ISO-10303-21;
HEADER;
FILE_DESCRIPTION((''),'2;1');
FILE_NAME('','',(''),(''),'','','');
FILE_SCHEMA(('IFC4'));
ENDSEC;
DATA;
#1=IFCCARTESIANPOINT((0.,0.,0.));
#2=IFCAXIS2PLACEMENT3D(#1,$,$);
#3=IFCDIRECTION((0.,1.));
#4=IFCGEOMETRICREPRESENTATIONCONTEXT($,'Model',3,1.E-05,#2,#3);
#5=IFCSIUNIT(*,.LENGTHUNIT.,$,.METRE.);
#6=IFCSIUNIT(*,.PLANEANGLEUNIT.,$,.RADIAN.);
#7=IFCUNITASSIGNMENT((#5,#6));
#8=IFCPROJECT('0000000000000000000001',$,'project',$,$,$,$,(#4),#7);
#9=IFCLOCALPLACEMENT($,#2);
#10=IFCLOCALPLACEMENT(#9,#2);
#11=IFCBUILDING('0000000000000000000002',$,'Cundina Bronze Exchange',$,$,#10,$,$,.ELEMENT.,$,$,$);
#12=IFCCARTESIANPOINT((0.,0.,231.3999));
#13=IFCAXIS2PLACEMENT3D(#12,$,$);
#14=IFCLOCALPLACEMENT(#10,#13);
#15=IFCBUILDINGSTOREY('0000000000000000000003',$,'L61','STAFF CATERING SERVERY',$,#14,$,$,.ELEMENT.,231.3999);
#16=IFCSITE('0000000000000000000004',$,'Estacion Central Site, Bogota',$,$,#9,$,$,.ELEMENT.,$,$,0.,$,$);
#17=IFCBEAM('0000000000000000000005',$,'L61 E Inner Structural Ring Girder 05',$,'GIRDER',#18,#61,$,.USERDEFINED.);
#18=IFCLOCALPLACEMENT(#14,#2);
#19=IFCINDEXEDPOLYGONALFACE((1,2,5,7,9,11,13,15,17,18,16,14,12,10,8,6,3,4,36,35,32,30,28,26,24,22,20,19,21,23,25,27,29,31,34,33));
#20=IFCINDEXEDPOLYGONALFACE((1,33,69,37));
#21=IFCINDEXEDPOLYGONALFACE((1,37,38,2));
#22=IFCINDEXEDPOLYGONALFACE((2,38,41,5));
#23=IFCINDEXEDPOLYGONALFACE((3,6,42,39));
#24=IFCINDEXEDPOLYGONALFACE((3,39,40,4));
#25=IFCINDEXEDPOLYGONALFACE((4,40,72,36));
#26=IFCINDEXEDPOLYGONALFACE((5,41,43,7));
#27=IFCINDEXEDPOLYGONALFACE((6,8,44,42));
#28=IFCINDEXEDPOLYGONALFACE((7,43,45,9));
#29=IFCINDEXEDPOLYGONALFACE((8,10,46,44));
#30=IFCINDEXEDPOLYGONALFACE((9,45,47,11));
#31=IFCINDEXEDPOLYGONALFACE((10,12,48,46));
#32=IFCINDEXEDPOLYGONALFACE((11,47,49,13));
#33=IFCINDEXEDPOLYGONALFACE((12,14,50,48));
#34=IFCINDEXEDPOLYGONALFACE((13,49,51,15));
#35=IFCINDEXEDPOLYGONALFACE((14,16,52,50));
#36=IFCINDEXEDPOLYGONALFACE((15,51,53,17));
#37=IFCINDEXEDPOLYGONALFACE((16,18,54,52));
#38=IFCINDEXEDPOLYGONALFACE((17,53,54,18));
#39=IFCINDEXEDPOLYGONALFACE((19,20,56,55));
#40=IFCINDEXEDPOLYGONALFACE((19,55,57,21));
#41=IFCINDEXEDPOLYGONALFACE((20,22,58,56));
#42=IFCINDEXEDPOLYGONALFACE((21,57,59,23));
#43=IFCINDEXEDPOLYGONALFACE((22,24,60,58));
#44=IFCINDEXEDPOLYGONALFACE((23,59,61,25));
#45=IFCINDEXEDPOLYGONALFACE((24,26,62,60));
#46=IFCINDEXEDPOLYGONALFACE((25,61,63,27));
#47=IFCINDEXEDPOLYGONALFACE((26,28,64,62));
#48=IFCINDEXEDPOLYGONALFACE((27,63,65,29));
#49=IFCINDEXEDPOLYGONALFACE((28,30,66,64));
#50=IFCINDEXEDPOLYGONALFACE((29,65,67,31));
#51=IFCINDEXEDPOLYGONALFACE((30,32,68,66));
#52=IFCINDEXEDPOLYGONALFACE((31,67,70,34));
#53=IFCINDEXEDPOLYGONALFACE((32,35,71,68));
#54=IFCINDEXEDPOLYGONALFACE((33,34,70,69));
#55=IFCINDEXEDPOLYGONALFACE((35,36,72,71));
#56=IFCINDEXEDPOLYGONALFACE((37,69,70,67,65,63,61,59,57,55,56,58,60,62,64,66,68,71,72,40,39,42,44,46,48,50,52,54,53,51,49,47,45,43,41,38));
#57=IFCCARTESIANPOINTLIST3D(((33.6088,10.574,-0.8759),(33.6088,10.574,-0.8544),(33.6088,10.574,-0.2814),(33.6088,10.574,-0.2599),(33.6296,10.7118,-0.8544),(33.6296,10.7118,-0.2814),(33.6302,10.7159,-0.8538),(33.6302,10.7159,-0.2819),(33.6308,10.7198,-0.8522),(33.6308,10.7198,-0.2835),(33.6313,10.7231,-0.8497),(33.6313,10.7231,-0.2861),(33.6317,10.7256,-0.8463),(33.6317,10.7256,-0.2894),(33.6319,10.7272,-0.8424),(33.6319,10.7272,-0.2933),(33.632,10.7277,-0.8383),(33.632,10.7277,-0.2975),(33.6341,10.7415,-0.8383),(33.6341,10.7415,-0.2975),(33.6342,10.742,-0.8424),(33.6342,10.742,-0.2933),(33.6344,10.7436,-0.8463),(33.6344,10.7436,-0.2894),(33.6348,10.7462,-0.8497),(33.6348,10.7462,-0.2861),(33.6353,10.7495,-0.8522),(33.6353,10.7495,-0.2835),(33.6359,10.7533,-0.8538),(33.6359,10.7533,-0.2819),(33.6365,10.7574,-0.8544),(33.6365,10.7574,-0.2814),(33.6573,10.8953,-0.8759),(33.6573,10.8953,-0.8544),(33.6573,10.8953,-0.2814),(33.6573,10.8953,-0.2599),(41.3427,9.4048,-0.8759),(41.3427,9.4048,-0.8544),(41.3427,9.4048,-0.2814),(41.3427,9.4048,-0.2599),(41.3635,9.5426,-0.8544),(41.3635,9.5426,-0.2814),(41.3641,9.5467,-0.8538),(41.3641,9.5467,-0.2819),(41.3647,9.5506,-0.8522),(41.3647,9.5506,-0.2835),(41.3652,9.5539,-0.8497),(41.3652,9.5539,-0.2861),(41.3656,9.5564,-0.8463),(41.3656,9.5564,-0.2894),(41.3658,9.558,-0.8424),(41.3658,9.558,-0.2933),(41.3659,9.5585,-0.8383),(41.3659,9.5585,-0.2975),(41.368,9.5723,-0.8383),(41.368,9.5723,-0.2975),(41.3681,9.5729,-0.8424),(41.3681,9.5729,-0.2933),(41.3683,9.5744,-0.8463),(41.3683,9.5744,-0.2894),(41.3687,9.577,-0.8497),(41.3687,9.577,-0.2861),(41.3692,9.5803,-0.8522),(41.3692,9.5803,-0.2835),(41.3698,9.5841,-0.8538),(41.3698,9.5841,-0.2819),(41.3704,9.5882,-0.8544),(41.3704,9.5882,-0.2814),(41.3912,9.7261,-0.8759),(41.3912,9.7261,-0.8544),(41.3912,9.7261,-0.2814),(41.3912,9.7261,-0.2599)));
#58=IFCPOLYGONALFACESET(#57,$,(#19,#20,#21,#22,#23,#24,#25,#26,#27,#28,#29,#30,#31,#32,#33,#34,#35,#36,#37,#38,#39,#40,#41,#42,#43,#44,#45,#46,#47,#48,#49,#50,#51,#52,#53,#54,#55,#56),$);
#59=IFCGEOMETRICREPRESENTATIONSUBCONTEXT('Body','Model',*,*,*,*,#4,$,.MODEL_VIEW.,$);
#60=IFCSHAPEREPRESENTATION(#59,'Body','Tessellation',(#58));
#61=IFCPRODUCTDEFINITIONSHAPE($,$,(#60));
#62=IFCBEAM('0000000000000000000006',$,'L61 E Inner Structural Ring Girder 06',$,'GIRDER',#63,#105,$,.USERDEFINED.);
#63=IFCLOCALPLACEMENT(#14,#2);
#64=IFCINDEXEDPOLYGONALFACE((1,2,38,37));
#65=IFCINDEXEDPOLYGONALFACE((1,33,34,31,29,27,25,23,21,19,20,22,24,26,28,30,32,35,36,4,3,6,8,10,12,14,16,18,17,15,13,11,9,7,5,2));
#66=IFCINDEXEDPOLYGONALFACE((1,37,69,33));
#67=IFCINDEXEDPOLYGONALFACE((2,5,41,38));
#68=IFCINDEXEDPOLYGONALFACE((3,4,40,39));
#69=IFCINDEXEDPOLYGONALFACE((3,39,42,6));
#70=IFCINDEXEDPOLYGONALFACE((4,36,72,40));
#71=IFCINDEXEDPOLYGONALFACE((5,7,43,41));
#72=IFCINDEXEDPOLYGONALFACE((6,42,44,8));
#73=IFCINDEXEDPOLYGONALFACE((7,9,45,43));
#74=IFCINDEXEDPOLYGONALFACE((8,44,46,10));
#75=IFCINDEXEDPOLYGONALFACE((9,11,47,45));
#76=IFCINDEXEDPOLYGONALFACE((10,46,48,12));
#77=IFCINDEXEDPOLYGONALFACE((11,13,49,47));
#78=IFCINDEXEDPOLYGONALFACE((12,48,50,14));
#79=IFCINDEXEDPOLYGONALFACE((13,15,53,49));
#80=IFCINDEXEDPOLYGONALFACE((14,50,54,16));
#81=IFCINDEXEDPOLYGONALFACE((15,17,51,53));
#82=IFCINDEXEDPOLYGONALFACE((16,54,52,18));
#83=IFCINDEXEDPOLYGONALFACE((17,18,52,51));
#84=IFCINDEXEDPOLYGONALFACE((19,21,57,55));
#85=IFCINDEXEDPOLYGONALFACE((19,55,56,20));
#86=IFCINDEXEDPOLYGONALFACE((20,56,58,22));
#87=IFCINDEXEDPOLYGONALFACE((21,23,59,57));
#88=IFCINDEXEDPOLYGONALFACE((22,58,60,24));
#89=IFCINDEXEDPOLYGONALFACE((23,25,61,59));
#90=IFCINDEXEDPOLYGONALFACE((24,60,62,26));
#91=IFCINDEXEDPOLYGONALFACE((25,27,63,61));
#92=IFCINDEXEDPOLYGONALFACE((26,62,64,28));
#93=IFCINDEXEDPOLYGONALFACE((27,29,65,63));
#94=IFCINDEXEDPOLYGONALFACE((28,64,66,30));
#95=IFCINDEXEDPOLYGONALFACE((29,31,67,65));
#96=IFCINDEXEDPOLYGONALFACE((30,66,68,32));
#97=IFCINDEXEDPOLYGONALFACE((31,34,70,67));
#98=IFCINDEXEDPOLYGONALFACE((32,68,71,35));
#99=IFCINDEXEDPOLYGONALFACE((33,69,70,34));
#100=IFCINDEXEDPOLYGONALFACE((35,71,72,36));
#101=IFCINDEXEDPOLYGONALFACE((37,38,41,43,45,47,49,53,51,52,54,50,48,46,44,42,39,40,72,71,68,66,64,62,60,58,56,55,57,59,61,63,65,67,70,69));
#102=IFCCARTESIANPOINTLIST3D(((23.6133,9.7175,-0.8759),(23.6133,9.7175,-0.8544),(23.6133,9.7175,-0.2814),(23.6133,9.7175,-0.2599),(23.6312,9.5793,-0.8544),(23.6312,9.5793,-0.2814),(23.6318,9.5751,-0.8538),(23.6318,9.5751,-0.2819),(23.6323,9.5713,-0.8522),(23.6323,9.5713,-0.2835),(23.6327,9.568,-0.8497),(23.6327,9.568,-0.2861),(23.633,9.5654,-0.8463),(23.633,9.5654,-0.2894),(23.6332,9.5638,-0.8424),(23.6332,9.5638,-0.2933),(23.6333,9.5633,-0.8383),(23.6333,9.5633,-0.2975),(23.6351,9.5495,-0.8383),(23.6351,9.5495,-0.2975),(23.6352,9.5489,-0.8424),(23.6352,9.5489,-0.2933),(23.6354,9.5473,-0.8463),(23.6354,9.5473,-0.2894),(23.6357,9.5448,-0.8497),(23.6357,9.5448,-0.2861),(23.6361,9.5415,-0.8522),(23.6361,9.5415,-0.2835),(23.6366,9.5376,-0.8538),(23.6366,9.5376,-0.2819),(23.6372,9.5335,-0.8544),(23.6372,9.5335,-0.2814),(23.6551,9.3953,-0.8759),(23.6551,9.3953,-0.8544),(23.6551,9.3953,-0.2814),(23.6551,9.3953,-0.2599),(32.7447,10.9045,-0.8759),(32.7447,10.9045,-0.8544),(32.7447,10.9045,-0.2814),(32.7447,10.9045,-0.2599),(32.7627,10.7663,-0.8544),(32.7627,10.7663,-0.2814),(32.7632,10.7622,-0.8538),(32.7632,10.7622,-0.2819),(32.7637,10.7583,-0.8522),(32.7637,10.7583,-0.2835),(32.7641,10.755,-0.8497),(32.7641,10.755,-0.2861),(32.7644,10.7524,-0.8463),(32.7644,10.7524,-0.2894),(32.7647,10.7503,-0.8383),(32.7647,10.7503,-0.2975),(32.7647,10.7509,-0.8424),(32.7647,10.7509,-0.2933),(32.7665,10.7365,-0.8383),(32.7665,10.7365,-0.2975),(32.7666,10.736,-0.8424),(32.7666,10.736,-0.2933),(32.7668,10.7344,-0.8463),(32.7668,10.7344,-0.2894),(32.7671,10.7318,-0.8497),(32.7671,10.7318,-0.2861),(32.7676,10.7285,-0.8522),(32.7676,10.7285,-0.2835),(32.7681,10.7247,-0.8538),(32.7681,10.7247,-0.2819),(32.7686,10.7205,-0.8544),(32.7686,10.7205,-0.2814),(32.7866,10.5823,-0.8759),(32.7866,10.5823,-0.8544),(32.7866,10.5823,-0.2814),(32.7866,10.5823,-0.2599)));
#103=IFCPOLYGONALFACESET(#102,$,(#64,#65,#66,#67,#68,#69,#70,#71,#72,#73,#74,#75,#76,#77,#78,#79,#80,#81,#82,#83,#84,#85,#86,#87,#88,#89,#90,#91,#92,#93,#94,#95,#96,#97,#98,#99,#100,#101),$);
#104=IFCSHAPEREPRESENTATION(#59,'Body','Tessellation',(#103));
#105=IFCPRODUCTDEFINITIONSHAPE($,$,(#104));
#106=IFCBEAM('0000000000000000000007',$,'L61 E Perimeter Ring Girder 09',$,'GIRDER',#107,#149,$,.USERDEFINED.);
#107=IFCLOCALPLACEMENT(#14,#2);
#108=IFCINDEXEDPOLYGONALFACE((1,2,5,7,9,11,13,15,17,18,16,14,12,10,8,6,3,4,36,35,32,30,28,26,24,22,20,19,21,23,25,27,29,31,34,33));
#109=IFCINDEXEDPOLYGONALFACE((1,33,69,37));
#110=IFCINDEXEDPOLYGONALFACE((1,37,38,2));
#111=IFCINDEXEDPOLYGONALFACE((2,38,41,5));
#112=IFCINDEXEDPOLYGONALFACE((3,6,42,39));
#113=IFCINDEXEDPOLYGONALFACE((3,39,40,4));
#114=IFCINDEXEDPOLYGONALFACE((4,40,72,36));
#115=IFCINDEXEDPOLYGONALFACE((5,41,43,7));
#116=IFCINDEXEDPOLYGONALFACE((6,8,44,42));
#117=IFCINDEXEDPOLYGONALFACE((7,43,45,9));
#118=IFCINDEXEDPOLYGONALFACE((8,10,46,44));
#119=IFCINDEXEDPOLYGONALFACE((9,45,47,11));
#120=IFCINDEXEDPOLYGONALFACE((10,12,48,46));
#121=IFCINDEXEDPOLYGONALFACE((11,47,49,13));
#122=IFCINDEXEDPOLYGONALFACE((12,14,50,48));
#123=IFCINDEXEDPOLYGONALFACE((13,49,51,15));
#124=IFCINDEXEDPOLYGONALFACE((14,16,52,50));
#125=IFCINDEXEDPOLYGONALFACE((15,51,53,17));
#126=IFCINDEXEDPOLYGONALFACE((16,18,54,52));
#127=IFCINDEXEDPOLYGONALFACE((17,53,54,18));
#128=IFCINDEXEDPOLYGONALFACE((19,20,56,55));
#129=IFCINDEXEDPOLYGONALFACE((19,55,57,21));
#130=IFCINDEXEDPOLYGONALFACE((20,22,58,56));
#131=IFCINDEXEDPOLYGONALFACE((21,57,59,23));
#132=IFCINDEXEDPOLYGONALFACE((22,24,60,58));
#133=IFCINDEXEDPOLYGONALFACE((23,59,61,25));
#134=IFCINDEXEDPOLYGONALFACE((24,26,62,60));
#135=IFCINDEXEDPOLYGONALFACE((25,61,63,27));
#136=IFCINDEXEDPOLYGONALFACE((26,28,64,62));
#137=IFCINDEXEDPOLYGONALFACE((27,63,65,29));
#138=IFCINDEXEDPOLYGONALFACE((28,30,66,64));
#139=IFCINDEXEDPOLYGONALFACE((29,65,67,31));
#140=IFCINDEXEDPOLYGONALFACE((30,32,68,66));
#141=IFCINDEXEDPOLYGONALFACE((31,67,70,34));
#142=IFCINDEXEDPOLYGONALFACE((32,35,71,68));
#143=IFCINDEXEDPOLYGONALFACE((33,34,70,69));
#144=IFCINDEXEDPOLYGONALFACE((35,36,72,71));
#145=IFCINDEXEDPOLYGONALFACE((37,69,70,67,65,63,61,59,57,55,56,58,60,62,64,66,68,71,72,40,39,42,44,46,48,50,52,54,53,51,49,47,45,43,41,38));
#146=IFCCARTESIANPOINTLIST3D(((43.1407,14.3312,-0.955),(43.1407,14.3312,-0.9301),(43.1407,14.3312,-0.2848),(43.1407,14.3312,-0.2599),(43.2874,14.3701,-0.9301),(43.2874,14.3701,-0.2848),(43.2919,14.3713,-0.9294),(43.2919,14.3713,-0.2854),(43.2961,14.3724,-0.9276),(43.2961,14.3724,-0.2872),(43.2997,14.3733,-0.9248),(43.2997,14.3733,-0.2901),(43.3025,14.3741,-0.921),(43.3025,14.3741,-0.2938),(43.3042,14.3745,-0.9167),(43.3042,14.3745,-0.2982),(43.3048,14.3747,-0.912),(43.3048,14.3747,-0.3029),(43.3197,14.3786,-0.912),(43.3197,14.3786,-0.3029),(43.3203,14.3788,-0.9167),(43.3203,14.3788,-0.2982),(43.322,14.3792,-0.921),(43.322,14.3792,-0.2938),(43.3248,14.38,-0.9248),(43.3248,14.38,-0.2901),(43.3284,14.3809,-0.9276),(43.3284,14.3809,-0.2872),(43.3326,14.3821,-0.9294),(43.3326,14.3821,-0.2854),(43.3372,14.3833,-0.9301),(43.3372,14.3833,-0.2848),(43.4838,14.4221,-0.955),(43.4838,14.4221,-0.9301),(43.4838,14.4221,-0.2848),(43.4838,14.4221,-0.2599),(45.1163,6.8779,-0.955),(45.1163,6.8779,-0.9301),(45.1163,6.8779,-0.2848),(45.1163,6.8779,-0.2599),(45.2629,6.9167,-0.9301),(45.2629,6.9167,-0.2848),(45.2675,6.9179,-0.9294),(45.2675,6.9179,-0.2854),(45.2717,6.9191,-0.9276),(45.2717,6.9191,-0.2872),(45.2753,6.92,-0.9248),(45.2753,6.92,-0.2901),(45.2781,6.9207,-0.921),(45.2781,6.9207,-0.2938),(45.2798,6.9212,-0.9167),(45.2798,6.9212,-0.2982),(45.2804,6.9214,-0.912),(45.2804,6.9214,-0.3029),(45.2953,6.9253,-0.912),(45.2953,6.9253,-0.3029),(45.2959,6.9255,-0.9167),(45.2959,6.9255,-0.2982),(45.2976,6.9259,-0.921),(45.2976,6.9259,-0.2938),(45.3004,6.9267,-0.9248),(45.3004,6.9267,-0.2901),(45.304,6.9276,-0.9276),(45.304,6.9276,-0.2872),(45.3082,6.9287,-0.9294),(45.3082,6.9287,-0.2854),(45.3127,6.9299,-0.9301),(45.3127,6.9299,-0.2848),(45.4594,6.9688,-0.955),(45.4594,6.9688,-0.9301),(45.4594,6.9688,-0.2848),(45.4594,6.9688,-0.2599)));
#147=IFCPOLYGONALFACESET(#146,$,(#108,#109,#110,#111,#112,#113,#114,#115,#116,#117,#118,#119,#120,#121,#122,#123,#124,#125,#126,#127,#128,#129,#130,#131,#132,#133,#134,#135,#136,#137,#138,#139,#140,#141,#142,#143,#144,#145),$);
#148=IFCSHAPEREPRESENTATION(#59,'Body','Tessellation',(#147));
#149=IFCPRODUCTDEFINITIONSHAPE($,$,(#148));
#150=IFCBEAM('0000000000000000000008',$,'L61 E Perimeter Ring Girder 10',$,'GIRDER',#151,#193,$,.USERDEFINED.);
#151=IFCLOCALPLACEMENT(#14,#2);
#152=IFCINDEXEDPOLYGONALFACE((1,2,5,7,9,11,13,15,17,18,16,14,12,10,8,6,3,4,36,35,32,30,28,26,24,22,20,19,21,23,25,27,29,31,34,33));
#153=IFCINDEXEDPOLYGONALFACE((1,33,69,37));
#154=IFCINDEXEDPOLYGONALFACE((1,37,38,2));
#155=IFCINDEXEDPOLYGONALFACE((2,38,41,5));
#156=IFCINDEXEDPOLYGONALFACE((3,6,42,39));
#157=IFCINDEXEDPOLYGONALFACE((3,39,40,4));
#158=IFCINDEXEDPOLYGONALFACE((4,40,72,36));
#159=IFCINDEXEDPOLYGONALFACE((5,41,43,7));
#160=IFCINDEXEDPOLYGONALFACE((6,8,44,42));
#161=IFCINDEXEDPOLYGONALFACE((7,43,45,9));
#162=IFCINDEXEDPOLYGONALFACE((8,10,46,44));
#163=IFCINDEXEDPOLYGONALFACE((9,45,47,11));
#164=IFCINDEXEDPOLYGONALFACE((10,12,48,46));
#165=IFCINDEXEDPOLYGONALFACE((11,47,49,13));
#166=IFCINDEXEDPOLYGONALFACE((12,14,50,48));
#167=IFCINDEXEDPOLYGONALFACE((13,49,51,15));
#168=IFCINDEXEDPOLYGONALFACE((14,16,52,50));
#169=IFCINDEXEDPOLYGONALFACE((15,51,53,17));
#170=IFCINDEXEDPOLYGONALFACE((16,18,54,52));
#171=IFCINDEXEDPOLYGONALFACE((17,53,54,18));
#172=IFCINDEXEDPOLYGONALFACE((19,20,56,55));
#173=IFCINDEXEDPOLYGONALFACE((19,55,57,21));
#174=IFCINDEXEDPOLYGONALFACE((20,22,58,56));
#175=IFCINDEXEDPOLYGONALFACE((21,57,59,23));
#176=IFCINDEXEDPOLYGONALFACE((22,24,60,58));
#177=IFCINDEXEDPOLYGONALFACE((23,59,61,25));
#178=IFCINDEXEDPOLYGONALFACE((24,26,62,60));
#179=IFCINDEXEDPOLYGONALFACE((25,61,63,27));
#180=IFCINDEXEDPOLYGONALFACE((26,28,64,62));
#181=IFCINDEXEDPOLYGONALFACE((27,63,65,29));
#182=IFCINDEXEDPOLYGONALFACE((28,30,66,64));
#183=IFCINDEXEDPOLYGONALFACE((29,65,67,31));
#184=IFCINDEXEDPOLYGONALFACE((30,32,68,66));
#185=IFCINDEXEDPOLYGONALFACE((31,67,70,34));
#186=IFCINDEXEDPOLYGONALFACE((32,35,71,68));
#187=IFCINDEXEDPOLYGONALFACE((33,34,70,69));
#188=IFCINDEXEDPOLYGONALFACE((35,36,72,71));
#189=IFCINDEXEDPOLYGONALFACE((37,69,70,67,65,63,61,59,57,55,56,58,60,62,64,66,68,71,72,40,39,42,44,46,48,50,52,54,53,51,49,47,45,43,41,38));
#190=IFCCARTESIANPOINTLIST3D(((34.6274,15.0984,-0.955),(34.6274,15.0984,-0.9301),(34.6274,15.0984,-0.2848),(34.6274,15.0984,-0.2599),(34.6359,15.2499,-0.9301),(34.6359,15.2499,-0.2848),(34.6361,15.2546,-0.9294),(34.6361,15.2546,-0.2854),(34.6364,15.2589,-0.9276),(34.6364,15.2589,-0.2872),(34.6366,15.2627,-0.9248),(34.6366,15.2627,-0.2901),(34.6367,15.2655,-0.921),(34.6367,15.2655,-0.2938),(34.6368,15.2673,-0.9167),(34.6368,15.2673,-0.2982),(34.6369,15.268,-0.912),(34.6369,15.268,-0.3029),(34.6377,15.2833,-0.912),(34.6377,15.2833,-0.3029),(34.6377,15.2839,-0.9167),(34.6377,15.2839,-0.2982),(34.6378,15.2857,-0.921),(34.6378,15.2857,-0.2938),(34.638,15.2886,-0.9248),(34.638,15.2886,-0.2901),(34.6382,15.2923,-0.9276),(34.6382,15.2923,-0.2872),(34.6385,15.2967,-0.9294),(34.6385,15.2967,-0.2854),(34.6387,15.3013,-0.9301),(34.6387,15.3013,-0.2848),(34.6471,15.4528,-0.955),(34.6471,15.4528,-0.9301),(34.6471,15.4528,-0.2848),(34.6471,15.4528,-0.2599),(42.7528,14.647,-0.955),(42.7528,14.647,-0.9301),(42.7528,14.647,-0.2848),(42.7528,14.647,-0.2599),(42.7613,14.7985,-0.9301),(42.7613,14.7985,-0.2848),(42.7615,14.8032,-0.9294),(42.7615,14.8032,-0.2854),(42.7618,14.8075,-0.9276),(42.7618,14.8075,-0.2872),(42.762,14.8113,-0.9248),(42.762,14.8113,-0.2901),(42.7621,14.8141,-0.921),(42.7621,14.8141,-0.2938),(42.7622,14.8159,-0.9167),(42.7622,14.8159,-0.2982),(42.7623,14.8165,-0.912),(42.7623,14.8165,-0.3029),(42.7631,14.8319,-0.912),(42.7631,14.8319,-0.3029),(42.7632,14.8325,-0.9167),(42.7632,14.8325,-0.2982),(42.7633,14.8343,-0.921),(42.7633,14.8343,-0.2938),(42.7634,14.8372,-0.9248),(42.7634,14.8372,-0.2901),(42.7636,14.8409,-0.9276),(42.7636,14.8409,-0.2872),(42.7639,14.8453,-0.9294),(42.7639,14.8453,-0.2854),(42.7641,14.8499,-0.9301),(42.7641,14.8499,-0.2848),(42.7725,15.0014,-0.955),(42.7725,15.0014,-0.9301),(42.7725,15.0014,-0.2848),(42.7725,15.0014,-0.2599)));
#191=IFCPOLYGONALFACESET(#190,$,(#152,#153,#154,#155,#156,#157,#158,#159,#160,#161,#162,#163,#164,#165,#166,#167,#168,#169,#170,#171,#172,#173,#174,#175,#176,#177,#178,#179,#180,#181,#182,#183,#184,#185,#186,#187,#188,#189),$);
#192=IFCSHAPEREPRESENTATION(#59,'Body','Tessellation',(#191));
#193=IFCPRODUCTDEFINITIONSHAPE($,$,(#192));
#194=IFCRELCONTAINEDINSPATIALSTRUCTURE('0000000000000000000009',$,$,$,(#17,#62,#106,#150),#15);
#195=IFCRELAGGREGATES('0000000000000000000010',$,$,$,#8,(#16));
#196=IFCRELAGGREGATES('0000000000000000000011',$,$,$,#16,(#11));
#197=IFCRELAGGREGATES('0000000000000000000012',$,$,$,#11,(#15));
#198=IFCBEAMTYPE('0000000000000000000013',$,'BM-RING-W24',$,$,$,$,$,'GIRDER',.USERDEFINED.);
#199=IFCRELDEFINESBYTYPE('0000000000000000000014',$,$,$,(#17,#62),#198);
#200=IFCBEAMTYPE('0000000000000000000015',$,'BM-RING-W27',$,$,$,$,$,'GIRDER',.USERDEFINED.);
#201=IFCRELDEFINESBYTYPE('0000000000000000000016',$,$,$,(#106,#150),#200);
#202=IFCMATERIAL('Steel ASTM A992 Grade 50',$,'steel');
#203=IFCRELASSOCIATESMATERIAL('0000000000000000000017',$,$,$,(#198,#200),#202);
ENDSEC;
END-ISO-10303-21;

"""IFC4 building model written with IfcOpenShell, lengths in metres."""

from ifc_helpers import new_model, si_unit, direction, frame, origin, origin_2d, place, context, subcontext, project, spatial, i_section, extrude, material, material_profile, profile_set, type_object, element, save


model = new_model("IFC4")

# Units and contexts
model_context = context("Model", 3, precision=1e-05, world=origin(), true_north=direction((0.0, 1.0)))
body_context = subcontext(model_context, "Body", "Model", "MODEL_VIEW")
ifc_project = project(units=[si_unit("LENGTHUNIT", "METRE"), si_unit("PLANEANGLEUNIT", "RADIAN")], contexts=[model_context])

# Site, building, storey
site_placement = place(None, origin())
site = spatial("IfcSite", under=ifc_project, at=site_placement, Name="Estacion Central Site, Bogota", CompositionType="ELEMENT", RefElevation=0.0)
building_placement = place(site_placement, origin())
building = spatial("IfcBuilding", under=site, at=building_placement, Name="Cundina Bronze Exchange", CompositionType="ELEMENT")
storey_placement = place(building_placement, frame((0.0, 0.0, 231.3999)))
storey = spatial("IfcBuildingStorey", under=building, at=storey_placement, Name="L61", Description="STAFF CATERING SERVERY", CompositionType="ELEMENT", Elevation=231.3999)

# Beams
ifc_material_1 = material(Name="Steel ASTM A992 Grade 50", Category="steel")
ifc_material_profile_1 = material_profile(ifc_material_1, i_section(OverallWidth=0.325, OverallDepth=0.616, WebThickness=0.0139, FlangeThickness=0.0215, FilletRadius=0.0161, at=origin_2d()), Name="W24X117", Category="steel")
ifc_profile_set_1 = profile_set([ifc_material_profile_1], Name="Steel ASTM A992 Grade 50")
beam_type_1 = type_object("IfcBeamType", Name="BM-RING-W24", ElementType="GIRDER", PredefinedType="USERDEFINED", material=ifc_profile_set_1)
beam_1_placement = place(storey_placement, frame((41.3669, 9.5654, -0.5679), z_axis=(-0.988765, 0.149479, 0.0), x_axis=(-0.149479, -0.988765, 0.0)))
element("IfcBeam", 1, at=beam_1_placement, inside=storey, type_object=beam_type_1, Name="L61 E Inner Structural Ring Girder 05", ObjectType="GIRDER", PredefinedType="USERDEFINED", context=body_context, shape_type="SweptSolid", body=[
    extrude(i_section(OverallWidth=0.325, OverallDepth=0.616, WebThickness=0.0139, FlangeThickness=0.0215, FilletRadius=0.0161, at=origin_2d()), origin(), (0.0, 0.0, 1.0), 7.8218),
])
beam_2_placement = place(storey_placement, frame((32.7656, 10.7434, -0.5679), z_axis=(-0.991656, -0.128908, 0.0), x_axis=(0.128908, -0.991656, 0.0)))
element("IfcBeam", 2, at=beam_2_placement, inside=storey, type_object=beam_type_1, Name="L61 E Inner Structural Ring Girder 06", ObjectType="GIRDER", PredefinedType="USERDEFINED", context=body_context, shape_type="SweptSolid", body=[
    extrude(i_section(OverallWidth=0.325, OverallDepth=0.616, WebThickness=0.0139, FlangeThickness=0.0215, FilletRadius=0.0161, at=origin_2d()), origin(), (0.0, 0.0, 1.0), 9.2083),
])
ifc_material_profile_2 = material_profile(ifc_material_1, i_section(OverallWidth=0.355, OverallDepth=0.6951, WebThickness=0.0154, FlangeThickness=0.0249, FilletRadius=0.0181, at=origin_2d()), Name="W27X146", Category="steel")
ifc_profile_set_2 = profile_set([ifc_material_profile_2], Name="Steel ASTM A992 Grade 50")
beam_type_2 = type_object("IfcBeamType", Name="BM-RING-W27", ElementType="GIRDER", PredefinedType="USERDEFINED", material=ifc_profile_set_2)
beam_3_placement = place(storey_placement, frame((45.2878, 6.9233, -0.6074), z_axis=(-0.256212, 0.966621, 0.0), x_axis=(-0.966621, -0.256212, 0.0)))
element("IfcBeam", 3, at=beam_3_placement, inside=storey, type_object=beam_type_2, Name="L61 E Perimeter Ring Girder 09", ObjectType="GIRDER", PredefinedType="USERDEFINED", context=body_context, shape_type="SweptSolid", body=[
    extrude(i_section(OverallWidth=0.355, OverallDepth=0.6951, WebThickness=0.0154, FlangeThickness=0.0249, FilletRadius=0.0181, at=origin_2d()), origin(), (0.0, 0.0, 1.0), 7.7107),
])
for number, where, z_axis, x_axis, name in (
    (4, (42.7627, 14.8242, -0.6074), (-0.99846, 0.05547, 0.0), (-0.05547, -0.99846, 0.0), "L61 E Perimeter Ring Girder 10"),
):
    element("IfcBeam", number, at=place(storey_placement, frame(where, z_axis=z_axis, x_axis=x_axis)), inside=storey, type_object=beam_type_2, Name=name, ObjectType="GIRDER", PredefinedType="USERDEFINED", context=body_context, shape_type="SweptSolid", body=[
        extrude(i_section(OverallWidth=0.355, OverallDepth=0.6951, WebThickness=0.0154, FlangeThickness=0.0249, FilletRadius=0.0181, at=origin_2d()), origin(), (0.0, 0.0, 1.0), 8.1379),
    ])

save(model, "model.ifc")
